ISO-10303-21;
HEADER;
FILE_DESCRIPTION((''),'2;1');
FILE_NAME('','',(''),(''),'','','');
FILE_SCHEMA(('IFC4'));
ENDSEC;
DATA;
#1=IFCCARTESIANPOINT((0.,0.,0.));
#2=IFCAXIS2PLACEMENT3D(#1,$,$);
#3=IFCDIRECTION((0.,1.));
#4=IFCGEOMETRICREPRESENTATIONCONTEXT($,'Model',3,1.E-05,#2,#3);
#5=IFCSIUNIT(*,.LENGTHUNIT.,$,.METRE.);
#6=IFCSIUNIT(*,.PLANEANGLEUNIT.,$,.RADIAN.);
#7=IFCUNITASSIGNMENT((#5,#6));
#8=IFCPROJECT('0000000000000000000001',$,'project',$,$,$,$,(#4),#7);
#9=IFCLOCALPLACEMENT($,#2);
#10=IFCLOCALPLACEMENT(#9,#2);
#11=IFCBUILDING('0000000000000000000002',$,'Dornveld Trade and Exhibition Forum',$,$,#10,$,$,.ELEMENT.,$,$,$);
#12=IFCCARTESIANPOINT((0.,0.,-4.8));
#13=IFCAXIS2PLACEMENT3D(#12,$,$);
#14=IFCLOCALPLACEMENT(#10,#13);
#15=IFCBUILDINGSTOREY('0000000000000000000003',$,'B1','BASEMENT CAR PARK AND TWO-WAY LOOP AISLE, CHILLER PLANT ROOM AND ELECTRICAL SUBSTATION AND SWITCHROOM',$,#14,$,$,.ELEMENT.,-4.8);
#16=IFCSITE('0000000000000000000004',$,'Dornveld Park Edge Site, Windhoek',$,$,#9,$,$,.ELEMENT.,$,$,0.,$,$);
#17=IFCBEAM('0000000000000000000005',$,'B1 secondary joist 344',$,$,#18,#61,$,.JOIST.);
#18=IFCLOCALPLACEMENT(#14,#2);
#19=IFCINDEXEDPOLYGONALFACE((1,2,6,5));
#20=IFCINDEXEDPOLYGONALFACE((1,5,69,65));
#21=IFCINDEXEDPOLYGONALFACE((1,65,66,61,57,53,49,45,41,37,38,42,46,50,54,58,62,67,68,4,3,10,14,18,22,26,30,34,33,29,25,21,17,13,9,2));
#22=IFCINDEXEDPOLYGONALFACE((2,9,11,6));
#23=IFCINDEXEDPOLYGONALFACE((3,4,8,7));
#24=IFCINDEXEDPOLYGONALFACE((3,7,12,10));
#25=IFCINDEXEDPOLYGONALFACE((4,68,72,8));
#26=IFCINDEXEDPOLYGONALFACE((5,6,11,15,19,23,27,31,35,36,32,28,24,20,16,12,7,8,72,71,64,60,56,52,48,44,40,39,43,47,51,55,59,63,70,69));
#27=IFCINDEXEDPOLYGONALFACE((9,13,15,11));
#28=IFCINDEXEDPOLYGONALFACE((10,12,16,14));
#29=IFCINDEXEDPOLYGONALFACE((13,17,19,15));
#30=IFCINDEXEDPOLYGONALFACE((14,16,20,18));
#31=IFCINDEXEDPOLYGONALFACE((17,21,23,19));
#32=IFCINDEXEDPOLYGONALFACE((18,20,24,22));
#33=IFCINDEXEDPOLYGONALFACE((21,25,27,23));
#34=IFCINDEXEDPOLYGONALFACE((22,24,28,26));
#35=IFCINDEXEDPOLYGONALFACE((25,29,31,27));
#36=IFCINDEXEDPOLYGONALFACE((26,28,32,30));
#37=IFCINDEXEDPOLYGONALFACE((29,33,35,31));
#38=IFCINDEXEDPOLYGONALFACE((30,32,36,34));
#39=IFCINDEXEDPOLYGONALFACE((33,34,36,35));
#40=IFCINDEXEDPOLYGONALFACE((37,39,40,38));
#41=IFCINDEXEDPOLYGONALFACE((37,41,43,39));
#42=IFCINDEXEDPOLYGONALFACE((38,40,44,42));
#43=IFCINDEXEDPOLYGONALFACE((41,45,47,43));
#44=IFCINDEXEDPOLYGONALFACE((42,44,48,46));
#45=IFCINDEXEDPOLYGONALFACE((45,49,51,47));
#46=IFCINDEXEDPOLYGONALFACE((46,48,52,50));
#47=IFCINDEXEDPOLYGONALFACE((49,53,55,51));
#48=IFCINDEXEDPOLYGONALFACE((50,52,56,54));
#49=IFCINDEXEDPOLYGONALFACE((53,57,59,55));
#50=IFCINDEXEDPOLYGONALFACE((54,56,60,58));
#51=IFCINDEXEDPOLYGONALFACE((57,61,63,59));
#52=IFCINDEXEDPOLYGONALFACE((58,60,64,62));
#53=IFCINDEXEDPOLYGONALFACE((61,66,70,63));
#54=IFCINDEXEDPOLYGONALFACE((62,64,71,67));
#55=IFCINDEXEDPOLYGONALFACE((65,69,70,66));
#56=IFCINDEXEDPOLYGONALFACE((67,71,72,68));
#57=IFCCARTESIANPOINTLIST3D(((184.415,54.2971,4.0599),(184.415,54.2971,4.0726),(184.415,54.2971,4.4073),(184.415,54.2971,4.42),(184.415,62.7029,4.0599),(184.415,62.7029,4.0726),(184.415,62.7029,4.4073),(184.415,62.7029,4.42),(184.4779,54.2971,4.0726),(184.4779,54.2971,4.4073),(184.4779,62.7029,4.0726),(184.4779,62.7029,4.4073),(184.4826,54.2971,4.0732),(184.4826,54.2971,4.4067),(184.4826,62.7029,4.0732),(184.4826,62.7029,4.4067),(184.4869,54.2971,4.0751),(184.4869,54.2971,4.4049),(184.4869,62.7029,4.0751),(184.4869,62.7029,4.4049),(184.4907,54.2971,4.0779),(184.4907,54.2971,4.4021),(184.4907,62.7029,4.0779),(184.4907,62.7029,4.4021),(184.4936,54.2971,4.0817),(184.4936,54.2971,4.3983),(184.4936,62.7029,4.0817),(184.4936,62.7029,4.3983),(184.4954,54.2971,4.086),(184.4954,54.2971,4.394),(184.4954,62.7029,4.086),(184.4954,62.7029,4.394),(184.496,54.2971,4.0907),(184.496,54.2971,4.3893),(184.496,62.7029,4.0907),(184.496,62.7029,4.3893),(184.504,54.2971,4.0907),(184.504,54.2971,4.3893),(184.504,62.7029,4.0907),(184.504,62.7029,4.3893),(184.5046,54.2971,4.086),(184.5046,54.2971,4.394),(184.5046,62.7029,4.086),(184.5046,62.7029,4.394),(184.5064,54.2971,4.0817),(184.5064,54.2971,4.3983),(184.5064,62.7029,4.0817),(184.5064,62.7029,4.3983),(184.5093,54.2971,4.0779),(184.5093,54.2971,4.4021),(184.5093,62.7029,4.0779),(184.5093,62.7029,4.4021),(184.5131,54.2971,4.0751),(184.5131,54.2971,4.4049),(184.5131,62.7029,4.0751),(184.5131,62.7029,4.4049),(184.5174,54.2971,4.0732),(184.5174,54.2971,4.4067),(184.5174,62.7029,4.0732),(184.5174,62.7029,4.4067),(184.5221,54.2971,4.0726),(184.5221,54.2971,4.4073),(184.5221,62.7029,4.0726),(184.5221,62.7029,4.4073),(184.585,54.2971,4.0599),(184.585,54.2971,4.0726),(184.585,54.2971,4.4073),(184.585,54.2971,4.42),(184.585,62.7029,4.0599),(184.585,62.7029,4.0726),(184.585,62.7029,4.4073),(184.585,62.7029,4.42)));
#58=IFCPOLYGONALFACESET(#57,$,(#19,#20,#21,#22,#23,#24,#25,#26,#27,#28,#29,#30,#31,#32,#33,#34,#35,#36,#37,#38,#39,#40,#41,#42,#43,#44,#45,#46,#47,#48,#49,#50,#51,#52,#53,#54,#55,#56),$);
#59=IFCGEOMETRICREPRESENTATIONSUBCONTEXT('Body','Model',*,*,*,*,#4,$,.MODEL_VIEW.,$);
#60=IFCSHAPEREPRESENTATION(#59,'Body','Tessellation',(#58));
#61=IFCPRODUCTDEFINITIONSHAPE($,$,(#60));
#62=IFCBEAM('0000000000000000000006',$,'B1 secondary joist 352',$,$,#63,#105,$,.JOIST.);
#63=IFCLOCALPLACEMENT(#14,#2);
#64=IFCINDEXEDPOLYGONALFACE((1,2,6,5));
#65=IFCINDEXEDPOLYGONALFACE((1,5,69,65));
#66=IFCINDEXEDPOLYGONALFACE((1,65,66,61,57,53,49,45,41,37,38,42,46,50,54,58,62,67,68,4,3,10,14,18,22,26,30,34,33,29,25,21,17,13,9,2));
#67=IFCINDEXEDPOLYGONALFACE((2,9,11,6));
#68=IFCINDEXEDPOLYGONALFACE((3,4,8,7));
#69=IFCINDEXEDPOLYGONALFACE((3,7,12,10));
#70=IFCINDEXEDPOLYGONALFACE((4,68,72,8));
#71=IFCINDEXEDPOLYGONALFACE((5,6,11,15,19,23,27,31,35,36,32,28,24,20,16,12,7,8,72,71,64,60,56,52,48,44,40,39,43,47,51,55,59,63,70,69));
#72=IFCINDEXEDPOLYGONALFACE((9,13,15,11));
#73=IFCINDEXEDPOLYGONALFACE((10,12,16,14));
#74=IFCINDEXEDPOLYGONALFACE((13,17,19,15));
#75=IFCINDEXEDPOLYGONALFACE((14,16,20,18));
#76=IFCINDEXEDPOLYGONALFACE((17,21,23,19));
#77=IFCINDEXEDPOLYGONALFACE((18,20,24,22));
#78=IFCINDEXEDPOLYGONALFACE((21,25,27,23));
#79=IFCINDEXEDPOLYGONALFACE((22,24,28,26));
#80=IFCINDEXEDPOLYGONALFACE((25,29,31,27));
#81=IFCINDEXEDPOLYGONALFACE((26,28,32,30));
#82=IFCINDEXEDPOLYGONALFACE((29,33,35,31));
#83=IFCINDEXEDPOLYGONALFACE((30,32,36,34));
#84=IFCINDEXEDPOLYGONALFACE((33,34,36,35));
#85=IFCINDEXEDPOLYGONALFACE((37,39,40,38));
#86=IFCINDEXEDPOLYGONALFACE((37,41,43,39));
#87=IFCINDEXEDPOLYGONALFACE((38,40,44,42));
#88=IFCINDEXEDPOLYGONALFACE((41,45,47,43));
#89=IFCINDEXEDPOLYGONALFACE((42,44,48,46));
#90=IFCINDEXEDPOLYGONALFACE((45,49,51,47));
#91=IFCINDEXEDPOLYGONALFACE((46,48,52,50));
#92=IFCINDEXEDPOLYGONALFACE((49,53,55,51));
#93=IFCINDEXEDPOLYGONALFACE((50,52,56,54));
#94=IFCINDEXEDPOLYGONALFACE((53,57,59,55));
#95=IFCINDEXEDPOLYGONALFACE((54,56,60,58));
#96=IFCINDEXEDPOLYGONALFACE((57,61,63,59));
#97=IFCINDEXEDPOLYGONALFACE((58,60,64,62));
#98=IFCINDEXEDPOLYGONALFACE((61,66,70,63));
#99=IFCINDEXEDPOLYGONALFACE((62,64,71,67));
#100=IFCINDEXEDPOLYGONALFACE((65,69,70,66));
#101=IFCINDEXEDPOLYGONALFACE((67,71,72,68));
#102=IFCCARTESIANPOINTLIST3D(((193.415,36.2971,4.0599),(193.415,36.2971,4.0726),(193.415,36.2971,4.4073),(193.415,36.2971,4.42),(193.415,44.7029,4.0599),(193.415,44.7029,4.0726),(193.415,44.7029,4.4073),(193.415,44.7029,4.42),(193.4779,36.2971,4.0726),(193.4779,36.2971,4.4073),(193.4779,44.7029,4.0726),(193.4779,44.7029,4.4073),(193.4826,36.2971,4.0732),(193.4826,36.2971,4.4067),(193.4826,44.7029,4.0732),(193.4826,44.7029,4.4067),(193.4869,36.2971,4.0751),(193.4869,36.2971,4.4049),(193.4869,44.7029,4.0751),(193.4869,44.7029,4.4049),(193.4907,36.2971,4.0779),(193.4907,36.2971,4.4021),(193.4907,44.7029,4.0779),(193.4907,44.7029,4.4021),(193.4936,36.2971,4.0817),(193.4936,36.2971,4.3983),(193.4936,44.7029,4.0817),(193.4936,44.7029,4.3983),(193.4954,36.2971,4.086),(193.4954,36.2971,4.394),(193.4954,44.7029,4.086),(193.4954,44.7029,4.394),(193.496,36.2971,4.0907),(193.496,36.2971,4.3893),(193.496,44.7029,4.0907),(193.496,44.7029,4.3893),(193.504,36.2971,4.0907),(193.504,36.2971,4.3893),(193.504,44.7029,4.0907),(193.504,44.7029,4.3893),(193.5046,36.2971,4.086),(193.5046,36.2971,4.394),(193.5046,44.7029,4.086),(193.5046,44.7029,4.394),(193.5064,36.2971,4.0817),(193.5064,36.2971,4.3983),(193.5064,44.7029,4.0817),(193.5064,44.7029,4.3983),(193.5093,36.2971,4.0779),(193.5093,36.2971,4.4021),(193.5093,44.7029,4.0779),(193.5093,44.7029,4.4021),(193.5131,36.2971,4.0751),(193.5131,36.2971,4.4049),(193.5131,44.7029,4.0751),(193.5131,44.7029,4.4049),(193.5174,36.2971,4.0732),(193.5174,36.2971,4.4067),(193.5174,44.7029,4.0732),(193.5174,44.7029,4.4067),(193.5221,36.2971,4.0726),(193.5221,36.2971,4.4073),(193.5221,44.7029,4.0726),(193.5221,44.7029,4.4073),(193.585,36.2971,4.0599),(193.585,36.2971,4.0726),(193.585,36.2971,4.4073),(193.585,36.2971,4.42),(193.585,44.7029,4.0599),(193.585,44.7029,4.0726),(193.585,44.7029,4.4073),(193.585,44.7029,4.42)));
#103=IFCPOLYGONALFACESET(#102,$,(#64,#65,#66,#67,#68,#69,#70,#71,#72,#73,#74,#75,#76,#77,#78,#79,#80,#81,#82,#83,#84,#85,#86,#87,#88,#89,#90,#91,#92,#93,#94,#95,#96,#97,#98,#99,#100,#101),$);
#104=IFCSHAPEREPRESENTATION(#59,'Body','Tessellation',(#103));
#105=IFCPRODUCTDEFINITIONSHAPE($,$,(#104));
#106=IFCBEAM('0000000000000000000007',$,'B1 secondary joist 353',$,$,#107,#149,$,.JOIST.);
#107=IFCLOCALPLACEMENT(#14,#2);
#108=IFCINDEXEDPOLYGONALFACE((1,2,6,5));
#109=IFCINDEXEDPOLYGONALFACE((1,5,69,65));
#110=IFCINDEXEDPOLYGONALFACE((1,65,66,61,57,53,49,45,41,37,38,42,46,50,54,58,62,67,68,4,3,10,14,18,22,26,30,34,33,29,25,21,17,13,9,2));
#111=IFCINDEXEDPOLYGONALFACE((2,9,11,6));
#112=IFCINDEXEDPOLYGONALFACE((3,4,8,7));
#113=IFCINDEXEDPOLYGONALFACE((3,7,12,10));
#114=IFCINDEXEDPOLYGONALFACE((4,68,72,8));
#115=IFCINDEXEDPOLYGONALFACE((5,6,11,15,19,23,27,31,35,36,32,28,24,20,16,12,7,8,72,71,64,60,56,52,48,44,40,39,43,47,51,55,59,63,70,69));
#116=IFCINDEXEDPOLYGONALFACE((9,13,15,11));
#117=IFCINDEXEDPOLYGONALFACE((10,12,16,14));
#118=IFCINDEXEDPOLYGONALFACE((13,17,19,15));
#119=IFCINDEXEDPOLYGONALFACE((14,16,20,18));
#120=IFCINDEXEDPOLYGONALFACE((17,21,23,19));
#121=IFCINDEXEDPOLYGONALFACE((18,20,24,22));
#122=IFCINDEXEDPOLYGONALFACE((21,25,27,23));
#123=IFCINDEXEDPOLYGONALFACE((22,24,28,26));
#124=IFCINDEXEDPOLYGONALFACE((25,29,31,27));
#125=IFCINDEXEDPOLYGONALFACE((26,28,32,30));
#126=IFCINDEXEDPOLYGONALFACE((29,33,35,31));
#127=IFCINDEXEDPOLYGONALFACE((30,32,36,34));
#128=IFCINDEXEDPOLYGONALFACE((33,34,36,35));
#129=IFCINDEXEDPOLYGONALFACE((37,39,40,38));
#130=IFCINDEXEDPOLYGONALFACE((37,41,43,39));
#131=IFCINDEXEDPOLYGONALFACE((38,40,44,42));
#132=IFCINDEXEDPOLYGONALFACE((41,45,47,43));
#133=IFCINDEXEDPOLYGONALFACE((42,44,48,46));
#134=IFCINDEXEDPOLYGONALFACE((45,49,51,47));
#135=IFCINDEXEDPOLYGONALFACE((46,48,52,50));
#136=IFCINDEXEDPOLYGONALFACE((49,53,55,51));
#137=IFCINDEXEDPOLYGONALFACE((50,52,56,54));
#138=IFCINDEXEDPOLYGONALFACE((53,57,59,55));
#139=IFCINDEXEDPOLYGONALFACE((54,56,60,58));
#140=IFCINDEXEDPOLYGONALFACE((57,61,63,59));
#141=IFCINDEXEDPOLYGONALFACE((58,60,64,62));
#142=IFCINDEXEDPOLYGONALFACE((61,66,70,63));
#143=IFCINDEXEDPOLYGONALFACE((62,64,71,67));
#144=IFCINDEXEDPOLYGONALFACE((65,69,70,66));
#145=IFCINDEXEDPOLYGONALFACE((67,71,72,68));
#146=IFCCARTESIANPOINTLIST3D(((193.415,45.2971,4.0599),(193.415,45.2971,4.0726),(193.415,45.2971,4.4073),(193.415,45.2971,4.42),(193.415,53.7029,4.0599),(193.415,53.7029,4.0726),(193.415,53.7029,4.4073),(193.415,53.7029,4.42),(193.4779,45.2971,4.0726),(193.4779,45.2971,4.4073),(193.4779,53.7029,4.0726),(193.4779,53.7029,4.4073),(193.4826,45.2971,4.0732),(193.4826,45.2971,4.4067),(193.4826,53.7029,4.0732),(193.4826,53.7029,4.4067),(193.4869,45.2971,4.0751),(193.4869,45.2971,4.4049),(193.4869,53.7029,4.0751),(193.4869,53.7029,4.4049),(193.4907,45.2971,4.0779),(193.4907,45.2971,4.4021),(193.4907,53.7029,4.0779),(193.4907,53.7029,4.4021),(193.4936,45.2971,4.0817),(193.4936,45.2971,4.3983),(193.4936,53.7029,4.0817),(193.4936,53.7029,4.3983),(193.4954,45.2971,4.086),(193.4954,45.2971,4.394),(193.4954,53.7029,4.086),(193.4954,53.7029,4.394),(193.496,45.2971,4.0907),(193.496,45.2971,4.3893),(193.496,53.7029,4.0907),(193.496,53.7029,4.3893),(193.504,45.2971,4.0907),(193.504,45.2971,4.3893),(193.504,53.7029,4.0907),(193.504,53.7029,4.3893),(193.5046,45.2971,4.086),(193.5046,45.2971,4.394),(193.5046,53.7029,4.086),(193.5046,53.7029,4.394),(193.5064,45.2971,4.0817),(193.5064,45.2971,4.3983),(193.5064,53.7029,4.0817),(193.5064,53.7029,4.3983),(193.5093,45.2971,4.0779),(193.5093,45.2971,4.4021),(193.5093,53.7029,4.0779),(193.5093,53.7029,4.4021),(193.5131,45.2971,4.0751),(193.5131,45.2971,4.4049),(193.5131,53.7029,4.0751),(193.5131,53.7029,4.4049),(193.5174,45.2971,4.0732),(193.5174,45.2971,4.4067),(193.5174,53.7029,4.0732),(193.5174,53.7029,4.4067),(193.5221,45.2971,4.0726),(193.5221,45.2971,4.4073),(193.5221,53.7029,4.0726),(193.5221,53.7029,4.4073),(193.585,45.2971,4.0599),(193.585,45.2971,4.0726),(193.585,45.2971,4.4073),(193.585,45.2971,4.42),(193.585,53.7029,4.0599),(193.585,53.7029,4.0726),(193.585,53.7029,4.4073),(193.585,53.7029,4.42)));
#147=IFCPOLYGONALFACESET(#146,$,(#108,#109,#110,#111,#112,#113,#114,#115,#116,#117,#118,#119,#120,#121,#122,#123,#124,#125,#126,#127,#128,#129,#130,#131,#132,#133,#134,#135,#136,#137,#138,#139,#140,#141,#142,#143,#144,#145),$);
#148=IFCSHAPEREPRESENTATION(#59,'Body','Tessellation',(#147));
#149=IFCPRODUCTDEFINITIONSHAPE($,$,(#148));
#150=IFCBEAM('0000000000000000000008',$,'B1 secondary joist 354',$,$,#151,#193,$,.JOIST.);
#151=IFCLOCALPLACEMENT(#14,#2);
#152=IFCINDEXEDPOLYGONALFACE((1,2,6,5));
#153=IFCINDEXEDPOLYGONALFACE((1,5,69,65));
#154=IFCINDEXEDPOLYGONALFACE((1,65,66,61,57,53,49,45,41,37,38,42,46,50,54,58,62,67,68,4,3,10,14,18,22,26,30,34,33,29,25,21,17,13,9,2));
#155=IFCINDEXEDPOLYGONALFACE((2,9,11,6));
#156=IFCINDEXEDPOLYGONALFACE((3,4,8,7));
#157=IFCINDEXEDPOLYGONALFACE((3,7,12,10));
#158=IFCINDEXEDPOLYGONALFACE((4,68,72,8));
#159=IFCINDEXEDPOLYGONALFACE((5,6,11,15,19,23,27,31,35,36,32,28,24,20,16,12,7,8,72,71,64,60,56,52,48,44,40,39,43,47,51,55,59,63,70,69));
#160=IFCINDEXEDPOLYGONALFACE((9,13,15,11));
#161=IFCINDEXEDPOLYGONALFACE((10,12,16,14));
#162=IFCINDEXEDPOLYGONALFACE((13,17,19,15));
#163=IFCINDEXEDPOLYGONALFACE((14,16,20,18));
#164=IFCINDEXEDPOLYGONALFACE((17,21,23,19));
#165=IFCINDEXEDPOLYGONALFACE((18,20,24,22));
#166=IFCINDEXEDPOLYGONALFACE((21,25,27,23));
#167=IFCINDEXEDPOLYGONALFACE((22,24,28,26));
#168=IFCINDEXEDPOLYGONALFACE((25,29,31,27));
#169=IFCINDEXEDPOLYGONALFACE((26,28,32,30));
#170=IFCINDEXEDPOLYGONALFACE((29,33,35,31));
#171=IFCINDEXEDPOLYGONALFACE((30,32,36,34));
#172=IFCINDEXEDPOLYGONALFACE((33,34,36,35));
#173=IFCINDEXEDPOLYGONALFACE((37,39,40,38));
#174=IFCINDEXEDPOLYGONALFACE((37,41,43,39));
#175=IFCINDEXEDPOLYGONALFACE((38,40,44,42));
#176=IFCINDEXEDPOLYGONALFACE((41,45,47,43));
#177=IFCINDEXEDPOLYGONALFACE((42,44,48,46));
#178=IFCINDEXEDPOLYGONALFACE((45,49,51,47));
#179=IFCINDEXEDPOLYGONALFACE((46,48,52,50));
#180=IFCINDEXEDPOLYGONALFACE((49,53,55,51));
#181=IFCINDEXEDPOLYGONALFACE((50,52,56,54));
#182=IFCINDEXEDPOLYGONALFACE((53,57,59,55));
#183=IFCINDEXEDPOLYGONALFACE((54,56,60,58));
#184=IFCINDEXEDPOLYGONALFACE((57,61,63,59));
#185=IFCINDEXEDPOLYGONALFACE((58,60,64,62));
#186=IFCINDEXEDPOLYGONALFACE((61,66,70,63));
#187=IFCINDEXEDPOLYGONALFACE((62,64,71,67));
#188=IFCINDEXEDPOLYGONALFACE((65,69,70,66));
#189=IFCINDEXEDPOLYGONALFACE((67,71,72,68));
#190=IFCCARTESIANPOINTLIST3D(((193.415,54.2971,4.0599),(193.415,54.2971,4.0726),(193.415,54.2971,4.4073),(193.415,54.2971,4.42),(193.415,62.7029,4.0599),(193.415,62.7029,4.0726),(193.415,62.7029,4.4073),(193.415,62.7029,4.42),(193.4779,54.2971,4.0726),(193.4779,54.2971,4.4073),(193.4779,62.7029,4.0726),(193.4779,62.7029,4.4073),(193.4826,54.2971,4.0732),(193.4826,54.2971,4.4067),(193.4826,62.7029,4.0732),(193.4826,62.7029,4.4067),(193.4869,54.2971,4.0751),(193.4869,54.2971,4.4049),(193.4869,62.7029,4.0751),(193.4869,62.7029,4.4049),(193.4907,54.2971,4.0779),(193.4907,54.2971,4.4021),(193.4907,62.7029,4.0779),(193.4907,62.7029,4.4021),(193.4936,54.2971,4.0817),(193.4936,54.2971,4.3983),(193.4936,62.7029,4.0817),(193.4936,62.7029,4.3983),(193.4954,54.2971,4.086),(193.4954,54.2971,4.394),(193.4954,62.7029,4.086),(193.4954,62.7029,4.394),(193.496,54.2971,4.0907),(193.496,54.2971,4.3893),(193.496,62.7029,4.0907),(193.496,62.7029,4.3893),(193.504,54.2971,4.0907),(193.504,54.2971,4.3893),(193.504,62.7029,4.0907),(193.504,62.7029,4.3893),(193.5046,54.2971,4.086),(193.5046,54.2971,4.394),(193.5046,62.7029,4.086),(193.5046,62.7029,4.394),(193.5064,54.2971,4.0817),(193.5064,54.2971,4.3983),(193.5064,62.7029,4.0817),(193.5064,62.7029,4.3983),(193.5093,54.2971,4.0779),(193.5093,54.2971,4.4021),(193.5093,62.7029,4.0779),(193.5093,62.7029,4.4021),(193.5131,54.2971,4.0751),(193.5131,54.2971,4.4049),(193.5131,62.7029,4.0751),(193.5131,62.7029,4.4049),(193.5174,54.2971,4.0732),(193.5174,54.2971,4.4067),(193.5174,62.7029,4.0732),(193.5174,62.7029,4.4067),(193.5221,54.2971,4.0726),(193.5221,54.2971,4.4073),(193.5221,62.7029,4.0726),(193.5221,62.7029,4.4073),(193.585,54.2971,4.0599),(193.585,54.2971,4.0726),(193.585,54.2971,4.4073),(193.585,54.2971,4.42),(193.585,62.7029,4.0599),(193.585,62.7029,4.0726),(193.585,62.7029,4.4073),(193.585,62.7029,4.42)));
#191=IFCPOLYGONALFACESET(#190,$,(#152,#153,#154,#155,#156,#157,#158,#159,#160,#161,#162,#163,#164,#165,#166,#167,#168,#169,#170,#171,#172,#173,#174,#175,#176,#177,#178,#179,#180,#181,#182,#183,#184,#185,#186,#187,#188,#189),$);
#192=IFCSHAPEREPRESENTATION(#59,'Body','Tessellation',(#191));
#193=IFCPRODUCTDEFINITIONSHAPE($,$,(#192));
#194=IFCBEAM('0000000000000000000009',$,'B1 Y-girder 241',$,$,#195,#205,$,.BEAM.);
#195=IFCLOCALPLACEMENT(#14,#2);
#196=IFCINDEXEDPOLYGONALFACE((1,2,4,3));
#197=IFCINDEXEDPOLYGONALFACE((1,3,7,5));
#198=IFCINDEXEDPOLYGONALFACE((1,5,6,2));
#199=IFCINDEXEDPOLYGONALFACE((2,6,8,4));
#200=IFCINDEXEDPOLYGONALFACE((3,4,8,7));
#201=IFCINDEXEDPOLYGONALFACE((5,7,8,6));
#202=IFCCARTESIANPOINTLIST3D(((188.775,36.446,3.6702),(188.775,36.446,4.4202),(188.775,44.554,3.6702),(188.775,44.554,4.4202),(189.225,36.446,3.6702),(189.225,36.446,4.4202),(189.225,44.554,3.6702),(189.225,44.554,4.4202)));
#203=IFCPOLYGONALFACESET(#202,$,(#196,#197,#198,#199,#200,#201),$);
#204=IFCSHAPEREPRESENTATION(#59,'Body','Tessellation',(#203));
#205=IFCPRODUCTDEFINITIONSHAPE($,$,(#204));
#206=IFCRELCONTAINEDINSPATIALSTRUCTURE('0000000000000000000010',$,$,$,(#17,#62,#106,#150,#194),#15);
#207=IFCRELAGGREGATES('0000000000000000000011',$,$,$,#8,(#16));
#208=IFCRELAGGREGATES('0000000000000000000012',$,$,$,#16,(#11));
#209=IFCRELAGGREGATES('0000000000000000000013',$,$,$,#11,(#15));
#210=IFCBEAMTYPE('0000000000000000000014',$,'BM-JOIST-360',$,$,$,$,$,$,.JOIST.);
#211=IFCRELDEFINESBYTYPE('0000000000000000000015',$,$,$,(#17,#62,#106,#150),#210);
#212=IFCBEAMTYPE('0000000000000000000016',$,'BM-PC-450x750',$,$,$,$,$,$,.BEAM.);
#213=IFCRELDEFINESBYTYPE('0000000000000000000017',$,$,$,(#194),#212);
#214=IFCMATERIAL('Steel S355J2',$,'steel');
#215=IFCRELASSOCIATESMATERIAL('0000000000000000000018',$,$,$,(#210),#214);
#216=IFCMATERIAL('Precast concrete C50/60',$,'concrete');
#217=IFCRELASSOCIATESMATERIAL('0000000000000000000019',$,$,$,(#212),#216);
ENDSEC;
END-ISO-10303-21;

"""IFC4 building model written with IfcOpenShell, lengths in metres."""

from ifc_helpers import new_model, si_unit, direction, frame, origin, origin_2d, place, context, subcontext, project, spatial, rectangle, i_section, extrude, material, material_profile, profile_set, type_object, element, save


model = new_model("IFC4")

# Units and contexts
model_context = context("Model", 3, precision=1e-05, world=origin(), true_north=direction((0.0, 1.0)))
body_context = subcontext(model_context, "Body", "Model", "MODEL_VIEW")
ifc_project = project(units=[si_unit("LENGTHUNIT", "METRE"), si_unit("PLANEANGLEUNIT", "RADIAN")], contexts=[model_context])

# Site, building, storey
site_placement = place(None, origin())
site = spatial("IfcSite", under=ifc_project, at=site_placement, Name="Dornveld Park Edge Site, Windhoek", CompositionType="ELEMENT", RefElevation=0.0)
building_placement = place(site_placement, origin())
building = spatial("IfcBuilding", under=site, at=building_placement, Name="Dornveld Trade and Exhibition Forum", CompositionType="ELEMENT")
storey_placement = place(building_placement, frame((0.0, 0.0, -4.8)))
storey = spatial("IfcBuildingStorey", under=building, at=storey_placement, Name="B1", Description="BASEMENT CAR PARK AND TWO-WAY LOOP AISLE, CHILLER PLANT ROOM AND ELECTRICAL SUBSTATION AND SWITCHROOM", CompositionType="ELEMENT", Elevation=-4.8)

# Beams
ifc_material_1 = material(Name="Steel S355J2", Category="steel")
ifc_material_profile_1 = material_profile(ifc_material_1, i_section(OverallWidth=0.1699, OverallDepth=0.3601, WebThickness=0.0081, FlangeThickness=0.0127, FilletRadius=0.0181, at=origin_2d()), Name="IPE 360")
ifc_profile_set_1 = profile_set([ifc_material_profile_1], Name="Steel S355J2")
beam_type_1 = type_object("IfcBeamType", Name="BM-JOIST-360", PredefinedType="JOIST", material=ifc_profile_set_1)
for number, where, z_axis, x_axis, name in (
    (1, (184.5, 54.2971, 4.24), (0.0, 1.0, 0.0), (-1.0, 0.0, 0.0), "B1 secondary joist 344"),
    (2, (193.5, 36.2971, 4.24), (0.0, 1.0, 0.0), (-1.0, 0.0, 0.0), "B1 secondary joist 352"),
    (3, (193.5, 45.2971, 4.24), (0.0, 1.0, 0.0), (-1.0, 0.0, 0.0), "B1 secondary joist 353"),
    (4, (193.5, 54.2971, 4.24), (0.0, 1.0, 0.0), (-1.0, 0.0, 0.0), "B1 secondary joist 354"),
):
    element("IfcBeam", number, at=place(storey_placement, frame(where, z_axis=z_axis, x_axis=x_axis)), inside=storey, type_object=beam_type_1, Name=name, PredefinedType="JOIST", context=body_context, shape_type="SweptSolid", body=[
        extrude(i_section(OverallWidth=0.1699, OverallDepth=0.3601, WebThickness=0.0081, FlangeThickness=0.0127, FilletRadius=0.0181, at=origin_2d()), origin(), (0.0, 0.0, 1.0), 8.4058),
    ])
ifc_material_2 = material(Name="Precast concrete C50/60", Category="concrete")
ifc_material_profile_2 = material_profile(ifc_material_2, rectangle(XDim=0.45, YDim=0.75, at=origin_2d()), Name="PC-BM 450x750")
ifc_profile_set_2 = profile_set([ifc_material_profile_2], Name="Precast concrete C50/60")
beam_type_2 = type_object("IfcBeamType", Name="BM-PC-450x750", PredefinedType="BEAM", material=ifc_profile_set_2)
for number, where, z_axis, x_axis, name in (
    (5, (189.0, 36.446, 4.0452), (0.0, 1.0, 0.0), (-1.0, 0.0, 0.0), "B1 Y-girder 241"),
):
    element("IfcBeam", number, at=place(storey_placement, frame(where, z_axis=z_axis, x_axis=x_axis)), inside=storey, type_object=beam_type_2, Name=name, PredefinedType="BEAM", context=body_context, shape_type="SweptSolid", body=[
        extrude(rectangle(XDim=0.45, YDim=0.75, at=origin_2d()), origin(), (0.0, 0.0, 1.0), 8.1079),
    ])

save(model, "model.ifc")
